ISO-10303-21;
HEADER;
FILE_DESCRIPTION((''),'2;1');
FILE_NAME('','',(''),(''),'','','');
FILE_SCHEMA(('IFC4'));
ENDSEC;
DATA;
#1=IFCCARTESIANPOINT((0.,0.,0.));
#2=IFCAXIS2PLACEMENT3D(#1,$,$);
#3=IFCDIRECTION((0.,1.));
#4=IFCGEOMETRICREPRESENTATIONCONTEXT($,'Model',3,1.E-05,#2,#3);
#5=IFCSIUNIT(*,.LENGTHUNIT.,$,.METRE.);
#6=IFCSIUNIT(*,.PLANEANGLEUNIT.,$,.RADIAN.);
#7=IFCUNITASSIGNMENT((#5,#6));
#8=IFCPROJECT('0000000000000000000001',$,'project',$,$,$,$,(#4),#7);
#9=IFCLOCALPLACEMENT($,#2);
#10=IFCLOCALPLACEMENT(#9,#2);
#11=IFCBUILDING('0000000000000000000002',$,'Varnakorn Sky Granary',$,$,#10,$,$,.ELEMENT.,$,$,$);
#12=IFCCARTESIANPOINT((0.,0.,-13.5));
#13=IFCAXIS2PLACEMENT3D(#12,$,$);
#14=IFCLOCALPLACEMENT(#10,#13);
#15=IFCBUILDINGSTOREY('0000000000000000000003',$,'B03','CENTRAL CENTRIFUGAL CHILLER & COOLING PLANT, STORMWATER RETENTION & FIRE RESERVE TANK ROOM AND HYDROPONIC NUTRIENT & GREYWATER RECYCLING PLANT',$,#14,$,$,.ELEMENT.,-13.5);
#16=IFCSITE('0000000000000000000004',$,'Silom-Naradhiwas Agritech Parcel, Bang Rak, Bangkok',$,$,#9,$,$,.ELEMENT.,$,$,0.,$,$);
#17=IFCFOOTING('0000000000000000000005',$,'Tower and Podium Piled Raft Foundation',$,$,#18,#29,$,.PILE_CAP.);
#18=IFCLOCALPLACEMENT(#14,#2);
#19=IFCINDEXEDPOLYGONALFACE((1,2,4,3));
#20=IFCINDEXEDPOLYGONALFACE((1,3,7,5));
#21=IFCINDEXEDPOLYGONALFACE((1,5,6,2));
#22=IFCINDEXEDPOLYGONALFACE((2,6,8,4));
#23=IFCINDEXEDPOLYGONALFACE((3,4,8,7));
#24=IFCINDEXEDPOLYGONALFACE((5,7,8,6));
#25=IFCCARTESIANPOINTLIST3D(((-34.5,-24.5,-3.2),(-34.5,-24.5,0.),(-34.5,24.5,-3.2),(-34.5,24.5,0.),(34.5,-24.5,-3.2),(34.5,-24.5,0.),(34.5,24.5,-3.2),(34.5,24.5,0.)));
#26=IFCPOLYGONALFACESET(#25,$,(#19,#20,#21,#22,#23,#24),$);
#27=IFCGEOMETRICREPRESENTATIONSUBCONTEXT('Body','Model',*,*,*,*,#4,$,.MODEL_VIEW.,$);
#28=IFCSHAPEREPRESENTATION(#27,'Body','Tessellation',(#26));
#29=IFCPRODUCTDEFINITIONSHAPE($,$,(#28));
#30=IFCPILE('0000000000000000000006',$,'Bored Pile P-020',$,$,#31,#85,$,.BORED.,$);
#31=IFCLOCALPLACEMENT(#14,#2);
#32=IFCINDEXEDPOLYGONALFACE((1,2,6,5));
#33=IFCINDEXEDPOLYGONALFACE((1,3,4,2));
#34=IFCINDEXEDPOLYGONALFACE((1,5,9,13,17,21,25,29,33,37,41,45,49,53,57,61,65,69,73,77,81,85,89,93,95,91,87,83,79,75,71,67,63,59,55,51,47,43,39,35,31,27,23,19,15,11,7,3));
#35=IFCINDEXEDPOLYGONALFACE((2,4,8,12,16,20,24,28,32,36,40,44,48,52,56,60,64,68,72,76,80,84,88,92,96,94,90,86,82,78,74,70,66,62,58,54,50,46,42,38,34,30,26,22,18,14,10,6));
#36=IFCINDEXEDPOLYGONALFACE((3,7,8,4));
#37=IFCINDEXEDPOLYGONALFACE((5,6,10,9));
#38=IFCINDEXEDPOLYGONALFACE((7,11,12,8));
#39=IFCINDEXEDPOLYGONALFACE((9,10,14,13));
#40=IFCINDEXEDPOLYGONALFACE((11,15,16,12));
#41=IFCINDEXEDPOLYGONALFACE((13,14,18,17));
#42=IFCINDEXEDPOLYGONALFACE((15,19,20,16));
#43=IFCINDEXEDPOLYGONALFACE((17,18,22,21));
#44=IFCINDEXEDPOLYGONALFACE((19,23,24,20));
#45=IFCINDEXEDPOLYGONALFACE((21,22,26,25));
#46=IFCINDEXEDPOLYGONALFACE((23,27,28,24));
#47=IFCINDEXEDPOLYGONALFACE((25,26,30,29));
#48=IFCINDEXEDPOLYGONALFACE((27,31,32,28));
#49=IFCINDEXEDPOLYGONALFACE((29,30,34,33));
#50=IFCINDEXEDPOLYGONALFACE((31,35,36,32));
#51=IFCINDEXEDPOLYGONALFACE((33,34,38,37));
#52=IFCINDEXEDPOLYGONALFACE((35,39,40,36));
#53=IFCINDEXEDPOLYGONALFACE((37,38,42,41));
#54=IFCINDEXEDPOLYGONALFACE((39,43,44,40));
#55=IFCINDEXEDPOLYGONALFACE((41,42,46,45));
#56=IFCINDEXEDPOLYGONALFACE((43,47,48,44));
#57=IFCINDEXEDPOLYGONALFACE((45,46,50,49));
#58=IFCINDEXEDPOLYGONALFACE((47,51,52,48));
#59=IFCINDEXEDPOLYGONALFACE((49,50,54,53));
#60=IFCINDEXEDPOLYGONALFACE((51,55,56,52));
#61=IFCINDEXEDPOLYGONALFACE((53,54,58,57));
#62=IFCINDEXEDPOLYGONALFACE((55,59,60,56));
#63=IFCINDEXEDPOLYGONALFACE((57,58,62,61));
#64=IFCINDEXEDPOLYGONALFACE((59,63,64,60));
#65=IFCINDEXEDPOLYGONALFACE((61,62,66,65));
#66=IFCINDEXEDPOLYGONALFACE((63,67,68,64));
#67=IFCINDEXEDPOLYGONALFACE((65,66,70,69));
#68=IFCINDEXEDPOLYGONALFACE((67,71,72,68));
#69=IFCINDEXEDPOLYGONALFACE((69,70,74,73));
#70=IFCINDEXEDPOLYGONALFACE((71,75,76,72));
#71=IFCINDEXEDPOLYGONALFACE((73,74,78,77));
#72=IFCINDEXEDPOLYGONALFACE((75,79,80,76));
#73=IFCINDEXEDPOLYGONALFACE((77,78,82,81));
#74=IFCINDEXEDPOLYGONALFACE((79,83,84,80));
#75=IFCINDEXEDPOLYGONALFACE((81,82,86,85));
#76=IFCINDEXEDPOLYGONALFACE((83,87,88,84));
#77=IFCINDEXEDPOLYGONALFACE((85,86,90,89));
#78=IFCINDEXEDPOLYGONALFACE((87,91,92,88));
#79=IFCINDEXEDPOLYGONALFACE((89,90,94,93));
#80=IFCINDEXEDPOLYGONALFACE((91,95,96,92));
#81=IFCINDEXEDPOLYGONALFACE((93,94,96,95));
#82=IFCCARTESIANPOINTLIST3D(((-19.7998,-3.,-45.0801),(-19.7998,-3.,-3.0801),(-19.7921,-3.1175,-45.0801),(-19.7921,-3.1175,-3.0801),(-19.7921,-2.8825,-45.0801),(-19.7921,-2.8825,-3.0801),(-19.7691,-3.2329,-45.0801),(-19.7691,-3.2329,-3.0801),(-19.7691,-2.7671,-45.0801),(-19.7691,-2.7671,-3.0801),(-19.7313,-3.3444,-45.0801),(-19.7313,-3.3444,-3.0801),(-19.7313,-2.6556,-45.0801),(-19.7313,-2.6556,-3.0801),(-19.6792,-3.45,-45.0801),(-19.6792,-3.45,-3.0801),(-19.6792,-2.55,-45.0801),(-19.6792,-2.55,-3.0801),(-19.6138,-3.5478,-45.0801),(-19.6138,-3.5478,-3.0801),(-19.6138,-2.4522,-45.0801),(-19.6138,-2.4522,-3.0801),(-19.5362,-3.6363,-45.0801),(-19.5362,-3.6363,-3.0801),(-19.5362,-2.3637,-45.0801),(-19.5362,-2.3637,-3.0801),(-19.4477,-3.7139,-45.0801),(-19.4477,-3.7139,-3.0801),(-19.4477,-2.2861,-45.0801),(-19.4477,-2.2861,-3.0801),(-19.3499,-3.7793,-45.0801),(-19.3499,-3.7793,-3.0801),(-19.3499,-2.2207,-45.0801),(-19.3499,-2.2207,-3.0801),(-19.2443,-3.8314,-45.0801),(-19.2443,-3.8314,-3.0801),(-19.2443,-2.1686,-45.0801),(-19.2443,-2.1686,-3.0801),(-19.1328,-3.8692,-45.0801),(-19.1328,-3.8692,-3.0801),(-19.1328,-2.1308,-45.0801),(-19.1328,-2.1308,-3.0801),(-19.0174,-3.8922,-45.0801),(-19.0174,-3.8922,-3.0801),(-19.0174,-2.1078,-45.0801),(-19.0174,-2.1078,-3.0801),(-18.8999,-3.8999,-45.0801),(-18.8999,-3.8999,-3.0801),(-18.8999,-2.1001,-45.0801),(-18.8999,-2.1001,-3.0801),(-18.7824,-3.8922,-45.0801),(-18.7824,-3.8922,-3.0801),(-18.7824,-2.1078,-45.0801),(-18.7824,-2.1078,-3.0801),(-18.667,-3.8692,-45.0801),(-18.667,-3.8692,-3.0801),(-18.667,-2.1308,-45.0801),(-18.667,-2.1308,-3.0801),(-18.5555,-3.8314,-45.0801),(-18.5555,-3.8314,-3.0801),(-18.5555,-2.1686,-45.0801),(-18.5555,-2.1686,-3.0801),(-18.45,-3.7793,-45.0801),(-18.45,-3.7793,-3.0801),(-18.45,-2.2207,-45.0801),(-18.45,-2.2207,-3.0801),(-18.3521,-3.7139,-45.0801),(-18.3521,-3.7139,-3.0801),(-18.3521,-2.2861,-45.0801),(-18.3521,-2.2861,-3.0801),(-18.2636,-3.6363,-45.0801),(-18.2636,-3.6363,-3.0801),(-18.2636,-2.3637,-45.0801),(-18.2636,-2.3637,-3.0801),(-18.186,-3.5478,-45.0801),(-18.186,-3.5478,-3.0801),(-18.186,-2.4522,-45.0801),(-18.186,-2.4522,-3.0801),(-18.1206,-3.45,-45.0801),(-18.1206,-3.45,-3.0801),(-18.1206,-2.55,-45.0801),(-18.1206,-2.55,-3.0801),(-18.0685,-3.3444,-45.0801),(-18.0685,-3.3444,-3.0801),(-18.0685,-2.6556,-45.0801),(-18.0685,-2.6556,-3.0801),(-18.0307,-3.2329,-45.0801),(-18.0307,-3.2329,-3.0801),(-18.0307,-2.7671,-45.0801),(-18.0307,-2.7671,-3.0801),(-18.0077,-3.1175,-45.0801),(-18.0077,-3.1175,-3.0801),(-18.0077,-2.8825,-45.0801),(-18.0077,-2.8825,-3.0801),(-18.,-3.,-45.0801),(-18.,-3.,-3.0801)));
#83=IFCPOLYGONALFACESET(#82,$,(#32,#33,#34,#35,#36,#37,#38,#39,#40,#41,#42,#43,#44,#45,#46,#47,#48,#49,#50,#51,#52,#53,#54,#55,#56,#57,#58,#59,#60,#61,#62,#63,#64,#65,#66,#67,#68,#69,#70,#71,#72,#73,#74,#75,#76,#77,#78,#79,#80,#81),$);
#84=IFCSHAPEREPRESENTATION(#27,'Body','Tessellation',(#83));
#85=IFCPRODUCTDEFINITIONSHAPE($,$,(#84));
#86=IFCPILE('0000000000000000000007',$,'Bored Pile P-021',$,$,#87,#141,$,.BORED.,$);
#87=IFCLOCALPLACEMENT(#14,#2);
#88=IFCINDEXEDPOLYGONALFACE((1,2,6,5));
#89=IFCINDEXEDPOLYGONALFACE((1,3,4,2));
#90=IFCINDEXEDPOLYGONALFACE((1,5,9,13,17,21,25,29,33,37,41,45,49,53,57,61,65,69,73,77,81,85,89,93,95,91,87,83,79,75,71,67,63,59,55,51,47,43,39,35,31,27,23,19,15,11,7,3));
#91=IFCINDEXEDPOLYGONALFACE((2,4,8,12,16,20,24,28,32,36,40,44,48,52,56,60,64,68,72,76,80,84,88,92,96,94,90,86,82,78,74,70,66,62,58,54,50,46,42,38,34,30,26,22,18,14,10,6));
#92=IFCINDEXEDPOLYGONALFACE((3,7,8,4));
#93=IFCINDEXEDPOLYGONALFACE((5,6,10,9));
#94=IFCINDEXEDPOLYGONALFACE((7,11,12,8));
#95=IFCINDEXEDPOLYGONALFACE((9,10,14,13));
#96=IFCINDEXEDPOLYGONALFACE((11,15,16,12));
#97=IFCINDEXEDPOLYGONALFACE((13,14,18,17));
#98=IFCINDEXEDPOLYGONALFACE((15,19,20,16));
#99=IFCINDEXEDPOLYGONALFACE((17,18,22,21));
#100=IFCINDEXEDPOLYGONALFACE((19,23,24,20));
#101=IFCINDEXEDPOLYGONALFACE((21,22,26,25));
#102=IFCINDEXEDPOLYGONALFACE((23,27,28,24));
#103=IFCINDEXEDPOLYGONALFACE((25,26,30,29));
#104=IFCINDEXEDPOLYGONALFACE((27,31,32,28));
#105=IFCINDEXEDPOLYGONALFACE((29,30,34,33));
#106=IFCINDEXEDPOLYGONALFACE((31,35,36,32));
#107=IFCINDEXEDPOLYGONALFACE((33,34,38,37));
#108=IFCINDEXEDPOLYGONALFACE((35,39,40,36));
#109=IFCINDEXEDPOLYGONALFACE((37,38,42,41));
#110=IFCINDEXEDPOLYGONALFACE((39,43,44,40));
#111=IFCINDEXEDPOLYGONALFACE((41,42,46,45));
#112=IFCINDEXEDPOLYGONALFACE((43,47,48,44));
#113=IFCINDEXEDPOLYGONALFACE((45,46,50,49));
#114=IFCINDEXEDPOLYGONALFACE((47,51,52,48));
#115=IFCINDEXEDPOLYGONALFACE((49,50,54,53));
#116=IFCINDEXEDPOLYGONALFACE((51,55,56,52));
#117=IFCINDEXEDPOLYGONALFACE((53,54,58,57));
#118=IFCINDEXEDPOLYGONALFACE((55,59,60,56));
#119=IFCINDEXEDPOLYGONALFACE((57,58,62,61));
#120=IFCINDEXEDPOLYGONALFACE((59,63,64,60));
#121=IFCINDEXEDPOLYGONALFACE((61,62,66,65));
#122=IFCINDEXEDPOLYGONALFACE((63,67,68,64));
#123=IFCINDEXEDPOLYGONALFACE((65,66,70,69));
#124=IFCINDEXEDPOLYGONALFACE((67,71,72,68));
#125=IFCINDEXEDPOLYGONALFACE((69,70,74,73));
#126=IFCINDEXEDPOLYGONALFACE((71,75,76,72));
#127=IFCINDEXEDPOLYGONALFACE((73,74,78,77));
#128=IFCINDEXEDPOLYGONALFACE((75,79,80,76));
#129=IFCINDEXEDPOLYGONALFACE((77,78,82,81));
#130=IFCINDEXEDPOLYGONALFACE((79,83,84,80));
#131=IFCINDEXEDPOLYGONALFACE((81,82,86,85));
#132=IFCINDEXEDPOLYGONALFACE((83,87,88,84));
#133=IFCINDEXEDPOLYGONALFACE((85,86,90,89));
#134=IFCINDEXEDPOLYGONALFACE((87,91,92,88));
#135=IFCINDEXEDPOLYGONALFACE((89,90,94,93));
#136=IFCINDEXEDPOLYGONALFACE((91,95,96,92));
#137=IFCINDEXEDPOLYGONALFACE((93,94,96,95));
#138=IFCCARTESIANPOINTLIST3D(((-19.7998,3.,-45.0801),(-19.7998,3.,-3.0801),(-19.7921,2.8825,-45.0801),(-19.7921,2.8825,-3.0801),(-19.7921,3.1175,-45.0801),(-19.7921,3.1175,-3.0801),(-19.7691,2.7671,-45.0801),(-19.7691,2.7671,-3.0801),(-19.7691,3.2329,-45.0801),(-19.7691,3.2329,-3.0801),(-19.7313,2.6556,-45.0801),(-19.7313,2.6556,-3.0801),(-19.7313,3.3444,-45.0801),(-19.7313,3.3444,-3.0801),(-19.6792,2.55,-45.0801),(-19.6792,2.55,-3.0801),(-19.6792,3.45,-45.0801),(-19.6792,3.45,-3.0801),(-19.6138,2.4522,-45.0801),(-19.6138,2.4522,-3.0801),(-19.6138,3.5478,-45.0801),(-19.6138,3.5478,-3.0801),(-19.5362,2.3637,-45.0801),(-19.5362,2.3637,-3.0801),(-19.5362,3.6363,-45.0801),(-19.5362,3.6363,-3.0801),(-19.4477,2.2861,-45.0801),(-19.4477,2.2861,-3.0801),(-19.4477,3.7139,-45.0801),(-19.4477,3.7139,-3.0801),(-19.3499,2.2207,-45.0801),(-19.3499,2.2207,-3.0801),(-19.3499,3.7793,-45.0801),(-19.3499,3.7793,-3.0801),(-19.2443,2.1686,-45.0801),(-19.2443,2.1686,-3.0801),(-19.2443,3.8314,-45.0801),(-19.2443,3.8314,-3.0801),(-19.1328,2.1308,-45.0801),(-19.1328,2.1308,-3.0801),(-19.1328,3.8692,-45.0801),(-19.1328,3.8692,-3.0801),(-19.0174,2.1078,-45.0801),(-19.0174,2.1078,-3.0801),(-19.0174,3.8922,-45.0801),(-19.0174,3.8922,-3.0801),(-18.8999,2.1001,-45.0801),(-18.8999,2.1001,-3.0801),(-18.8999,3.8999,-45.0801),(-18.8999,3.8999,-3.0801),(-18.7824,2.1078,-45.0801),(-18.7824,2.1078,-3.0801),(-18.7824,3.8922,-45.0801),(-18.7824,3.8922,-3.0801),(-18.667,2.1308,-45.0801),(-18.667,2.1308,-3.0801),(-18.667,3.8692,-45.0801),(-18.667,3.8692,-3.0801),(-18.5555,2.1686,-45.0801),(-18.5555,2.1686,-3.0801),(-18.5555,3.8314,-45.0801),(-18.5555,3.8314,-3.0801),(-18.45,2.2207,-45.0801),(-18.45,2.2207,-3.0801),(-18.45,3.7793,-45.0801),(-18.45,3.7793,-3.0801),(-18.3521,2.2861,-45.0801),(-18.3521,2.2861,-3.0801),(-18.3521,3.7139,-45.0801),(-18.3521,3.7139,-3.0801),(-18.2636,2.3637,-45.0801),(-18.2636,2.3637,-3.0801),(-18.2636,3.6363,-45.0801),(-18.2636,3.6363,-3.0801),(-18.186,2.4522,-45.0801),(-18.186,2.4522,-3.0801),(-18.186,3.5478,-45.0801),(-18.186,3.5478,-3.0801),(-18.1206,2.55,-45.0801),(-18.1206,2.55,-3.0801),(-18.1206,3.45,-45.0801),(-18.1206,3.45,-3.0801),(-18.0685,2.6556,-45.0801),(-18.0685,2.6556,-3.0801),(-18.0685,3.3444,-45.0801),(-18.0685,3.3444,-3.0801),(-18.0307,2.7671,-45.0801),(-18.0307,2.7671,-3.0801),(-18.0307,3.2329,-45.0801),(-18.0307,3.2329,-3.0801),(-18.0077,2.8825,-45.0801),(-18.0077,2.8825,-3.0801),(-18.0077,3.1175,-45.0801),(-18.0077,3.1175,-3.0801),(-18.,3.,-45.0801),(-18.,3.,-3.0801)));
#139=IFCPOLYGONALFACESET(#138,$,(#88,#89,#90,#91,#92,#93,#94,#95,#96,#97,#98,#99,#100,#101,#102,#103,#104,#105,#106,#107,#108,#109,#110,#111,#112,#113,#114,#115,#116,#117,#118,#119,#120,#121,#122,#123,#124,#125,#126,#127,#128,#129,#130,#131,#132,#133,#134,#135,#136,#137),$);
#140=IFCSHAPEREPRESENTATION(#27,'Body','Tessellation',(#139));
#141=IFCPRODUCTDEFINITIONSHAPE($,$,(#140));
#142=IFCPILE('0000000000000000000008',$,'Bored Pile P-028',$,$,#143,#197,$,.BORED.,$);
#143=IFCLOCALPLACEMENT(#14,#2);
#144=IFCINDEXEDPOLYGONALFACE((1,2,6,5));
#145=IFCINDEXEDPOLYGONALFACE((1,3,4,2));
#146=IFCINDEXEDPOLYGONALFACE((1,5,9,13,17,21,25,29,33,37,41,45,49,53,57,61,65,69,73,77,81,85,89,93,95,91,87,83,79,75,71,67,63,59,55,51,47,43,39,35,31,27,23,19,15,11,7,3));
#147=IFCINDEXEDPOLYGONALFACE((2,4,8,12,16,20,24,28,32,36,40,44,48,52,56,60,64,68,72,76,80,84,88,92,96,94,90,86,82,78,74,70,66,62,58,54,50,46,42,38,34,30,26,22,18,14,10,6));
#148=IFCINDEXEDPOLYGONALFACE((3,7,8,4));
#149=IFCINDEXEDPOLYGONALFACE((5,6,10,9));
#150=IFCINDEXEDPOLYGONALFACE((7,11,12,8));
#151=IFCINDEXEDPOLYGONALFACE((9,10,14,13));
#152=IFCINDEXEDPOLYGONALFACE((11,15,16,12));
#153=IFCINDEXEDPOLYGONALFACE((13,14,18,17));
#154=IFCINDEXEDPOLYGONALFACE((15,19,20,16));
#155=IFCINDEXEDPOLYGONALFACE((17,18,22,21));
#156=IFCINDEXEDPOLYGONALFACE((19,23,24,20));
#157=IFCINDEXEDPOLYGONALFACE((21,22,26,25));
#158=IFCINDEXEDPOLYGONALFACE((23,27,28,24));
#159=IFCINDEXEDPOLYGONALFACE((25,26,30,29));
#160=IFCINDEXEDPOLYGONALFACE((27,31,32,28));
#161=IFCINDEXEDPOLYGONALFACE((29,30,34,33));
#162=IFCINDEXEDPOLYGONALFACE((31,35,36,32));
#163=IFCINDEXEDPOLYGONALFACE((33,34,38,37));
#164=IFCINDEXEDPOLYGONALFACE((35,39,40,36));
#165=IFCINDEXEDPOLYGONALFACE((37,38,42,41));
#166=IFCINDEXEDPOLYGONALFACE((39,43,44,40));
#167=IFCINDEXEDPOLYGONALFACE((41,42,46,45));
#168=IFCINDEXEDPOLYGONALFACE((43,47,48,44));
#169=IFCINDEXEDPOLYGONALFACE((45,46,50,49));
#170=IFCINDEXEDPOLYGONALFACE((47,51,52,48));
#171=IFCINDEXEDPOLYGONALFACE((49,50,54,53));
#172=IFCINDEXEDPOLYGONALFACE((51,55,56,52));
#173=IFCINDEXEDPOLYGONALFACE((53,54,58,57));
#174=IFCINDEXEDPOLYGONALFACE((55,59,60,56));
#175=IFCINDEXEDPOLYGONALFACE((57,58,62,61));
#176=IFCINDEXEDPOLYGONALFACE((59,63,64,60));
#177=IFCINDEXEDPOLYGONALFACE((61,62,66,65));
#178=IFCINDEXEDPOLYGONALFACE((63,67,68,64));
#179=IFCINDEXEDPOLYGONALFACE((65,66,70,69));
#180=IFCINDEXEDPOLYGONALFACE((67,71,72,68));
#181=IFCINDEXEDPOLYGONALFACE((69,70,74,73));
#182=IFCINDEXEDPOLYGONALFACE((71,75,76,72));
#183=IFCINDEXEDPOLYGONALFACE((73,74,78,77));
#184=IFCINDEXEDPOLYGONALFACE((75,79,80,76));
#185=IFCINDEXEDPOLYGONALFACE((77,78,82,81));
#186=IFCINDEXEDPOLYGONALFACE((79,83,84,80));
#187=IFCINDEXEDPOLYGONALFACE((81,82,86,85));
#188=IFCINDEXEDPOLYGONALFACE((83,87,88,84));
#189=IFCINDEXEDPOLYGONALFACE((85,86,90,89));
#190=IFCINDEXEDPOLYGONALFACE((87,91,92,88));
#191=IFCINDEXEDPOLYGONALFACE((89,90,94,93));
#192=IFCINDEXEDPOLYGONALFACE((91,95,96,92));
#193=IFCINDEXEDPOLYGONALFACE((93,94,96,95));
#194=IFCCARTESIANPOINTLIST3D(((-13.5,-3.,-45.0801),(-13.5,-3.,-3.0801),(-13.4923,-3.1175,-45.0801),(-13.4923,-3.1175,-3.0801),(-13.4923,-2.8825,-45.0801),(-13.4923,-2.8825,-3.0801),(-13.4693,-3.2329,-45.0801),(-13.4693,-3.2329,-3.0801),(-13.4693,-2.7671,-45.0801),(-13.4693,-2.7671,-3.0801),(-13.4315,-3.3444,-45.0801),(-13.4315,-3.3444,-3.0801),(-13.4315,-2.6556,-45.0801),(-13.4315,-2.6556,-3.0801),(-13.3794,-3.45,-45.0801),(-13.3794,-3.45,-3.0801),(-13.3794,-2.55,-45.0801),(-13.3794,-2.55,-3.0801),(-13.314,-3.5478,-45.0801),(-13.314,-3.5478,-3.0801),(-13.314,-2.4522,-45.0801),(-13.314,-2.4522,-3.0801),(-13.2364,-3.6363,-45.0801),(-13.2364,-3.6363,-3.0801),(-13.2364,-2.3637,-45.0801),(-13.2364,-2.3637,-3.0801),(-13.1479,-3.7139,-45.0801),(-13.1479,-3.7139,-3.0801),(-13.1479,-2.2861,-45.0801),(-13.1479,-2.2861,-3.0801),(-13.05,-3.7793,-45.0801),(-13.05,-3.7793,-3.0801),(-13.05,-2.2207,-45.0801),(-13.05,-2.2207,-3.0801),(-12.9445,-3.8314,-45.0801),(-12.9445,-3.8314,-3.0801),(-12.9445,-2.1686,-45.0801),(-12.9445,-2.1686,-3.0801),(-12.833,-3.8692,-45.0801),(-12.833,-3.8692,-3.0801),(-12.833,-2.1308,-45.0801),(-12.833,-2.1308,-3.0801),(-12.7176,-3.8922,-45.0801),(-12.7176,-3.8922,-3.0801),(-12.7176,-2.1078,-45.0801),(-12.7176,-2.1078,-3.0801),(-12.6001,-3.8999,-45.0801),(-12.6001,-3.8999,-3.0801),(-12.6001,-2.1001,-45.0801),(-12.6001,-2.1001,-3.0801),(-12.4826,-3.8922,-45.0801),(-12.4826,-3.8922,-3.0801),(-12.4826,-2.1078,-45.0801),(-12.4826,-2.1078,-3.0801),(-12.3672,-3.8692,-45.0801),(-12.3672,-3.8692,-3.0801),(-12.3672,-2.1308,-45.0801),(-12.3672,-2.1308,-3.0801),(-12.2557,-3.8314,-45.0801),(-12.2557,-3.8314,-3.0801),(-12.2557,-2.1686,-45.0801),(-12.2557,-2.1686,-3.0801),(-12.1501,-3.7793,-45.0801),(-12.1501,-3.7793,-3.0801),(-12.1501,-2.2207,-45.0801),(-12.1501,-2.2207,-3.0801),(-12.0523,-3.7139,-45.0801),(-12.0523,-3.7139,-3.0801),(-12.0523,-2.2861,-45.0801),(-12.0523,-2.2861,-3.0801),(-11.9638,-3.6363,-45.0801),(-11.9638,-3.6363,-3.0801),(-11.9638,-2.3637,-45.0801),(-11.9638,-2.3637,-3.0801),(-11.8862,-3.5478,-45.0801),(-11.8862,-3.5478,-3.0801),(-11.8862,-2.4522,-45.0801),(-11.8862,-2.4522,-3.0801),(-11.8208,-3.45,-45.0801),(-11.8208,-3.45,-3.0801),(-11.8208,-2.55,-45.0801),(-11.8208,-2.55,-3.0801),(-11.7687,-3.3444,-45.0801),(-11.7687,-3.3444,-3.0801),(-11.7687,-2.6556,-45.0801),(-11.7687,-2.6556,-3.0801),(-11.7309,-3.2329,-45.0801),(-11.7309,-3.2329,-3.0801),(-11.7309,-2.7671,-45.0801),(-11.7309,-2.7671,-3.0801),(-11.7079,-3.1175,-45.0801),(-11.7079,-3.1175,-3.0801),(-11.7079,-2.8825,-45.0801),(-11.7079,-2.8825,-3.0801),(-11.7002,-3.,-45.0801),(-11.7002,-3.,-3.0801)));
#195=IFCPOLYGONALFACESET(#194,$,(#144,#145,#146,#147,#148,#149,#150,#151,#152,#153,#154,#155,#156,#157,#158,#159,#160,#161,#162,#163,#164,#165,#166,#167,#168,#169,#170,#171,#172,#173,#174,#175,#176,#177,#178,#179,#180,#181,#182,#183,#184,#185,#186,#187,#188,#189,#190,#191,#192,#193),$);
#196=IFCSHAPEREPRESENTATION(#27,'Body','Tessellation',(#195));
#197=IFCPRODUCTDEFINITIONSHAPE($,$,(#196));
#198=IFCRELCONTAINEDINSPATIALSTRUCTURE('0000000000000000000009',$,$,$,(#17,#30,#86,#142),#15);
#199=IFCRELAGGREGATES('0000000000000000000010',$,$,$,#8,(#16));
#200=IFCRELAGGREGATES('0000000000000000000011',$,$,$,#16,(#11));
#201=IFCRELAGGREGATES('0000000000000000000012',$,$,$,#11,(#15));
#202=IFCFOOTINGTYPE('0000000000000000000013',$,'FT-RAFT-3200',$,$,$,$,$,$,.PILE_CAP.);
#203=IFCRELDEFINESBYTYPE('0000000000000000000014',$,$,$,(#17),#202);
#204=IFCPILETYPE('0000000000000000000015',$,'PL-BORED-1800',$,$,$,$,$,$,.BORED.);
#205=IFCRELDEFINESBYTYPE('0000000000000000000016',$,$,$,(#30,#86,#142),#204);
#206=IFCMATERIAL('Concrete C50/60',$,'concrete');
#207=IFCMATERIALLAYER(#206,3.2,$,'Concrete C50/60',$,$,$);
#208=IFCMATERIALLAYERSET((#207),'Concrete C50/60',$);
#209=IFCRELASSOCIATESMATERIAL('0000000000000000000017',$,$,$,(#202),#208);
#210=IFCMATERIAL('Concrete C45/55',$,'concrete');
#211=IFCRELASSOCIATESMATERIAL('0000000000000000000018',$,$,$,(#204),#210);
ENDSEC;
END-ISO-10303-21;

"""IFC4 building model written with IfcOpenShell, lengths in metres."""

from ifc_helpers import new_model, si_unit, direction, frame, origin, origin_2d, place, context, subcontext, project, spatial, polyline, circle, outline, extrude, material, layer, layer_set, material_profile, profile_set, type_object, element, save


model = new_model("IFC4")

# Units and contexts
model_context = context("Model", 3, precision=1e-05, world=origin(), true_north=direction((0.0, 1.0)))
body_context = subcontext(model_context, "Body", "Model", "MODEL_VIEW")
ifc_project = project(units=[si_unit("LENGTHUNIT", "METRE"), si_unit("PLANEANGLEUNIT", "RADIAN")], contexts=[model_context])

# Site, building, storey
site_placement = place(None, origin())
site = spatial("IfcSite", under=ifc_project, at=site_placement, Name="Silom-Naradhiwas Agritech Parcel, Bang Rak, Bangkok", CompositionType="ELEMENT", RefElevation=0.0)
building_placement = place(site_placement, origin())
building = spatial("IfcBuilding", under=site, at=building_placement, Name="Varnakorn Sky Granary", CompositionType="ELEMENT")
storey_placement = place(building_placement, frame((0.0, 0.0, -13.5)))
storey = spatial("IfcBuildingStorey", under=building, at=storey_placement, Name="B03", Description="CENTRAL CENTRIFUGAL CHILLER & COOLING PLANT, STORMWATER RETENTION & FIRE RESERVE TANK ROOM AND HYDROPONIC NUTRIENT & GREYWATER RECYCLING PLANT", CompositionType="ELEMENT", Elevation=-13.5)

# Footing
ifc_material_1 = material(Name="Concrete C50/60", Category="concrete")
ifc_layer_1 = layer(ifc_material_1, 3.2, Name="Concrete C50/60")
ifc_layer_set_1 = layer_set([ifc_layer_1], Name="Concrete C50/60")
footing_type = type_object("IfcFootingType", Name="FT-RAFT-3200", PredefinedType="PILE_CAP", material=ifc_layer_set_1)
footing_placement = place(storey_placement, frame((0.0, 0.0, -3.2)))
element("IfcFooting", 1, at=footing_placement, inside=storey, type_object=footing_type, Name="Tower and Podium Piled Raft Foundation", PredefinedType="PILE_CAP", context=body_context, shape_type="SweptSolid", body=[
    extrude(outline(polyline([(-34.5, -24.5), (34.5, -24.5), (34.5, 24.5), (-34.5, 24.5), (-34.5, -24.5)])), origin(), (0.0, 0.0, 1.0), 3.2),
])

# Piles
ifc_material_2 = material(Name="Concrete C45/55", Category="concrete")
ifc_material_profile_1 = material_profile(ifc_material_2, circle(Radius=0.8999, at=origin_2d()), Name="PILE D1800")
ifc_profile_set_1 = profile_set([ifc_material_profile_1], Name="Concrete C45/55")
pile_type = type_object("IfcPileType", Name="PL-BORED-1800", PredefinedType="BORED", material=ifc_profile_set_1)
for number, where, z_axis, x_axis, name in (
    (2, (-18.8999, -3.0, -3.0801), (0.0, 0.0, -1.0), (1.0, 0.0, 0.0), "Bored Pile P-020"),
    (3, (-18.8999, 3.0, -3.0801), (0.0, 0.0, -1.0), (1.0, 0.0, 0.0), "Bored Pile P-021"),
    (4, (-12.6001, -3.0, -3.0801), (0.0, 0.0, -1.0), (1.0, 0.0, 0.0), "Bored Pile P-028"),
):
    element("IfcPile", number, at=place(storey_placement, frame(where, z_axis=z_axis, x_axis=x_axis)), inside=storey, type_object=pile_type, Name=name, PredefinedType="BORED", context=body_context, shape_type="SweptSolid", body=[
        extrude(circle(Radius=0.8999, at=origin_2d()), origin(), (0.0, 0.0, 1.0), 42.0),
    ])

save(model, "model.ifc")
